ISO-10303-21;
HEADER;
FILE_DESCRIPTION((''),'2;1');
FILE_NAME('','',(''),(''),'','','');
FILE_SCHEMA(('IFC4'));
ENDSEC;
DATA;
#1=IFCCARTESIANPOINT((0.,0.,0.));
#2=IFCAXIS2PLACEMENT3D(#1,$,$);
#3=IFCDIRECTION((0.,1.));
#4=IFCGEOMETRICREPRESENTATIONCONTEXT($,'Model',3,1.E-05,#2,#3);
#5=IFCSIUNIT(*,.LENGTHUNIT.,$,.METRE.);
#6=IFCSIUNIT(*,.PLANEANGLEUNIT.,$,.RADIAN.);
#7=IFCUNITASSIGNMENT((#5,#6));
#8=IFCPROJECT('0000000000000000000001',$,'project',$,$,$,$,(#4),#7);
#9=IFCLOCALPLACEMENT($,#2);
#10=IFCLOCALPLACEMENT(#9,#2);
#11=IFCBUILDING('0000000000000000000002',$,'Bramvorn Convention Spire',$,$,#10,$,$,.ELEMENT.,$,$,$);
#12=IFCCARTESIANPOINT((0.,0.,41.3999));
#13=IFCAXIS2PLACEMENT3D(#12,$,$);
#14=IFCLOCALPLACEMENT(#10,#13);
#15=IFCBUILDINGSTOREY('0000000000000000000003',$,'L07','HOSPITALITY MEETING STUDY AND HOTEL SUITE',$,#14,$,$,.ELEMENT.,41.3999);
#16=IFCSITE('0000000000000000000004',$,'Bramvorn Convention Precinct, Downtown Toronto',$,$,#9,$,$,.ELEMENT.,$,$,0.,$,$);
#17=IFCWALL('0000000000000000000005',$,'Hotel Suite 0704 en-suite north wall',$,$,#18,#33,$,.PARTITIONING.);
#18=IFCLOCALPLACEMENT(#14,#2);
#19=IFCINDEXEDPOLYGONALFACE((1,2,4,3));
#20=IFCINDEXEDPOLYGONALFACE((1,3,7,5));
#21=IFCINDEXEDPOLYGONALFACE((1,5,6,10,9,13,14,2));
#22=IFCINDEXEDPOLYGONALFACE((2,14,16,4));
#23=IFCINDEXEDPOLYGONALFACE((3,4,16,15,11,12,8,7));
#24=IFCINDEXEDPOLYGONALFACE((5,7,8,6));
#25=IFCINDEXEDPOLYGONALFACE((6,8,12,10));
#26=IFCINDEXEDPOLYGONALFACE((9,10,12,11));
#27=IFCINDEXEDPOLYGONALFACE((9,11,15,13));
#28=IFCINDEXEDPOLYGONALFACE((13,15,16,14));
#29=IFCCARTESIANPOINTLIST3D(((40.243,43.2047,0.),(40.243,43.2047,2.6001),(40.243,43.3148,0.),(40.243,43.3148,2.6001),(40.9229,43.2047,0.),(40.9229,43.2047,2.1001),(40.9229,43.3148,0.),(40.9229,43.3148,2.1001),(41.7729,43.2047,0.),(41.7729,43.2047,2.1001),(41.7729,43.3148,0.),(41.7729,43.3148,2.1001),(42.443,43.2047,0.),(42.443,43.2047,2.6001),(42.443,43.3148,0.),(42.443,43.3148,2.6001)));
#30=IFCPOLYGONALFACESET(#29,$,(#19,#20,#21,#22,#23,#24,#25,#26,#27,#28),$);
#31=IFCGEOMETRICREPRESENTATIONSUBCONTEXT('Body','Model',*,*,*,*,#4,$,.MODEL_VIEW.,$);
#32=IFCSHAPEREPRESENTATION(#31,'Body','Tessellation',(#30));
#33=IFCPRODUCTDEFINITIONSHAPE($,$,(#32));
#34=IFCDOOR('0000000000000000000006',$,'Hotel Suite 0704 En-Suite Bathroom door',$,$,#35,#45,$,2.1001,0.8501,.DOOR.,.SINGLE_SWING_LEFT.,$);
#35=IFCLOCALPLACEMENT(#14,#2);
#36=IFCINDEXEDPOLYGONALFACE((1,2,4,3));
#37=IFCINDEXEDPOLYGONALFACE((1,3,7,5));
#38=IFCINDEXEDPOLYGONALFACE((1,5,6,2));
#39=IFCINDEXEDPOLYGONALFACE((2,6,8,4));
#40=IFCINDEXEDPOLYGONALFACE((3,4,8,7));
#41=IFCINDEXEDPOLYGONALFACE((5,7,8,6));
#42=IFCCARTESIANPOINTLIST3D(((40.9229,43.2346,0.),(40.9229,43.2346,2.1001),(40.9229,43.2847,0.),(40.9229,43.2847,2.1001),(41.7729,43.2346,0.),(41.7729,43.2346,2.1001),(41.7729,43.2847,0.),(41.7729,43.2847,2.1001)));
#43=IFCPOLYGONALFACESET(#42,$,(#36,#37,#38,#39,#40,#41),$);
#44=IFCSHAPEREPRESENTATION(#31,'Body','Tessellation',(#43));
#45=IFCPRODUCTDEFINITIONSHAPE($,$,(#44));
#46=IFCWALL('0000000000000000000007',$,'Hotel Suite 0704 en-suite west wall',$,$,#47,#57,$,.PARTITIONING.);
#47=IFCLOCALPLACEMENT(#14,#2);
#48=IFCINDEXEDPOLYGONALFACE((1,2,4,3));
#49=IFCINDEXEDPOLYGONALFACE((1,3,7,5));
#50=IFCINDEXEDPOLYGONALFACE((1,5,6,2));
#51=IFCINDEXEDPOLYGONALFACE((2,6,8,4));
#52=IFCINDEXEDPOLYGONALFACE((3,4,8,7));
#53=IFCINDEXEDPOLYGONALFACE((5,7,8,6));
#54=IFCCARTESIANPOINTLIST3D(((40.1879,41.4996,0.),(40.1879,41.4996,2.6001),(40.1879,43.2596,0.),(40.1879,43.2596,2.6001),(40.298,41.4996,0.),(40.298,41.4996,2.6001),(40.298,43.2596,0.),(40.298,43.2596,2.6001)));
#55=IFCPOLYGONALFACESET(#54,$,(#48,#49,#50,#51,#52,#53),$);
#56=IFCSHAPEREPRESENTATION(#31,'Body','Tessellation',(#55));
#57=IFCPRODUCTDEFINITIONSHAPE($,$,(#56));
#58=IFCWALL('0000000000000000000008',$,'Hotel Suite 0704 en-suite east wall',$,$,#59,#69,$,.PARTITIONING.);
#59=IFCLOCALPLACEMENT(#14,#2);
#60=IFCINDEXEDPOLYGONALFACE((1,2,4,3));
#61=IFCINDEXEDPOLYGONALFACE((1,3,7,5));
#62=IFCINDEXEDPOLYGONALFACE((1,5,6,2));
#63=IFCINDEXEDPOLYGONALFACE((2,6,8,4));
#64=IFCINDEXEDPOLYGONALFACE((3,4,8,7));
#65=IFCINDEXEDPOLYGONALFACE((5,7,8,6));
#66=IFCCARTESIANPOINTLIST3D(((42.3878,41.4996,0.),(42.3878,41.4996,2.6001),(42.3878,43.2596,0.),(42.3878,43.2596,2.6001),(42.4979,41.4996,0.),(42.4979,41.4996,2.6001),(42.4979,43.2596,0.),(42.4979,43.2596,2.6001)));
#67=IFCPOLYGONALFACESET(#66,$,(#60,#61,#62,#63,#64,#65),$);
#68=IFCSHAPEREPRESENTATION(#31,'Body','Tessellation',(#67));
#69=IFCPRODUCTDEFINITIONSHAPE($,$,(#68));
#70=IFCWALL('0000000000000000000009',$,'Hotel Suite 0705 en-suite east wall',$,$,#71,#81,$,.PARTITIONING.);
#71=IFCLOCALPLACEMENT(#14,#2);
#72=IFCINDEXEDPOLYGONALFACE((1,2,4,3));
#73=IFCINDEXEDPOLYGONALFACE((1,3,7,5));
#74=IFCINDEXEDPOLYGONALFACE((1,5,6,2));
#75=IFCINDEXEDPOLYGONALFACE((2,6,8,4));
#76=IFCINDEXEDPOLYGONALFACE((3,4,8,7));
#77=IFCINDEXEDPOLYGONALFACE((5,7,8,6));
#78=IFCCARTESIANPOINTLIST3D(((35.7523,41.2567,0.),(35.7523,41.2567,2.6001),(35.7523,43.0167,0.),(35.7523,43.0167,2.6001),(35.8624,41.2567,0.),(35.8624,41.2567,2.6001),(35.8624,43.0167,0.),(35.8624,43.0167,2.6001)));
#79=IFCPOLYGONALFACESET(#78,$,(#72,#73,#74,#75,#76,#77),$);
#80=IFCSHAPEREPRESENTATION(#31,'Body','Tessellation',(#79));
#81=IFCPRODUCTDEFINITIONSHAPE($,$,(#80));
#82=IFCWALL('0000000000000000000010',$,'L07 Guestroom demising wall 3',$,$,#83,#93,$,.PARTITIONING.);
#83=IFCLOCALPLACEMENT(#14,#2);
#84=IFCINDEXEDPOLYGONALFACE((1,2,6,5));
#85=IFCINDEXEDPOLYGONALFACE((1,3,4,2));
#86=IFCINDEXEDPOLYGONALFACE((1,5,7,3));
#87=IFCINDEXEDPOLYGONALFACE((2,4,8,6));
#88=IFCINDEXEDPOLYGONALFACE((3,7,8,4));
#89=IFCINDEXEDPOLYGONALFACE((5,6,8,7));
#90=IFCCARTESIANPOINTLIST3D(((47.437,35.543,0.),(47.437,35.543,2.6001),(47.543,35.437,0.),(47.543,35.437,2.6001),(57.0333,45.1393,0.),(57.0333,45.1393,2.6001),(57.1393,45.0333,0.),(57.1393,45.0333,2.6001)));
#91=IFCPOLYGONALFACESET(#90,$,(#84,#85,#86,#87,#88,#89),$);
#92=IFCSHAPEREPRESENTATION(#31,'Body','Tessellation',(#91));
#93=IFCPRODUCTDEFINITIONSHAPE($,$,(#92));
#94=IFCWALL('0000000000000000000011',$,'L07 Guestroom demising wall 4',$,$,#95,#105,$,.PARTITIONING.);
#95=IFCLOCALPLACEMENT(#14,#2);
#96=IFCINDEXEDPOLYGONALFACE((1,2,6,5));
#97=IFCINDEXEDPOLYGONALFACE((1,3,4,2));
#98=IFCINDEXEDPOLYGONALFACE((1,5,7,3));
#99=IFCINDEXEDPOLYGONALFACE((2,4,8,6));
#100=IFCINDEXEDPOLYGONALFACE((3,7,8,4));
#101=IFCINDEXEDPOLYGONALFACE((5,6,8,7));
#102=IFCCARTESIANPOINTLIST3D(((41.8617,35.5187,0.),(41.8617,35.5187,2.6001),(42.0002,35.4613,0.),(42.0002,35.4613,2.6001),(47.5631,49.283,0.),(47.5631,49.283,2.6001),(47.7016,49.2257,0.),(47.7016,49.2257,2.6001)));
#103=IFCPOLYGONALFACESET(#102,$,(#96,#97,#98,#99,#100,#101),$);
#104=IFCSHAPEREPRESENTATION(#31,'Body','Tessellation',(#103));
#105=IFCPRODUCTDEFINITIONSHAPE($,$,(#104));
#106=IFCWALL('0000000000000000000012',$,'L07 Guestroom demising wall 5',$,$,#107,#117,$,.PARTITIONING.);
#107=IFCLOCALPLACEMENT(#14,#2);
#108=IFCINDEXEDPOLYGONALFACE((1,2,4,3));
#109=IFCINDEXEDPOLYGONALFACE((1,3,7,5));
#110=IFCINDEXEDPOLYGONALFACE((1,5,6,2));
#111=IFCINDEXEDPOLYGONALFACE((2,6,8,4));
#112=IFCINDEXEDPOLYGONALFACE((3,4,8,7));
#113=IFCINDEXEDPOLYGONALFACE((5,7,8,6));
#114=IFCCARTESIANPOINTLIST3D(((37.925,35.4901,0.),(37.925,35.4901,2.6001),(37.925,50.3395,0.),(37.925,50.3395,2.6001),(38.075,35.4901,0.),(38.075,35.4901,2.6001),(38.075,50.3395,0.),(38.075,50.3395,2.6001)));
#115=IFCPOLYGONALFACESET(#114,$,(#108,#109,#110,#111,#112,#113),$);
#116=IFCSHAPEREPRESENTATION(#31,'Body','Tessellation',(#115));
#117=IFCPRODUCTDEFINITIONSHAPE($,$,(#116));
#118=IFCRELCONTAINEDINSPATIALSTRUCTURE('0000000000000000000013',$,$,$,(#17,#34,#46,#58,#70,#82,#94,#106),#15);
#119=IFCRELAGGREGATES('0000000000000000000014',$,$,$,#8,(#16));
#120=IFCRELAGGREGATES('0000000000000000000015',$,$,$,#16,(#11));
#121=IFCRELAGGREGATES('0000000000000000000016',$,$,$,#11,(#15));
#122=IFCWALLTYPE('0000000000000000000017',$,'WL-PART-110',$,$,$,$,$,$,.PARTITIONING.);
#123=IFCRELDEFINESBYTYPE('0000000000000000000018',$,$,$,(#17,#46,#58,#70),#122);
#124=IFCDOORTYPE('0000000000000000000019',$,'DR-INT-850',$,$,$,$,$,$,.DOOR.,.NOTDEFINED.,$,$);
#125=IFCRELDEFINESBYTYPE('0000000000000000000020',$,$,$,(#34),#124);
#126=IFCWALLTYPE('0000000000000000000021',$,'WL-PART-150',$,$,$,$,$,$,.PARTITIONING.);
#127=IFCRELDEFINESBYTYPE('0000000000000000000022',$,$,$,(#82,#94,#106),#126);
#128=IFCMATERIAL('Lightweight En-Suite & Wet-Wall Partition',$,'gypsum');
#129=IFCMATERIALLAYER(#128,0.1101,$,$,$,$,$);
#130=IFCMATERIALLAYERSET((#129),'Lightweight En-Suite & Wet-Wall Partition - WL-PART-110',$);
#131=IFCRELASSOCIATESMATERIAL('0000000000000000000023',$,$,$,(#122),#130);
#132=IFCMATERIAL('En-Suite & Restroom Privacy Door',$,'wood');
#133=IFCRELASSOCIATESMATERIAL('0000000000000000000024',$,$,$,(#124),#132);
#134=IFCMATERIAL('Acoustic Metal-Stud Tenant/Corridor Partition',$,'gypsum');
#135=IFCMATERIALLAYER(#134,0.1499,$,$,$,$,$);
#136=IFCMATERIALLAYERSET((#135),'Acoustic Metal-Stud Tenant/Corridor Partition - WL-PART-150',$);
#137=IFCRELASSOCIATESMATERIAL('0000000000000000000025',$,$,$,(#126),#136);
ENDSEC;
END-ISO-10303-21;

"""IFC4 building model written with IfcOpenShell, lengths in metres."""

from ifc_helpers import new_model, si_unit, direction, frame, frame_2d, origin, place, context, subcontext, project, spatial, rectangle, extrude, material, layer, layer_set, type_object, element, fill, save


model = new_model("IFC4")

# Units and contexts
model_context = context("Model", 3, precision=1e-05, world=origin(), true_north=direction((0.0, 1.0)))
body_context = subcontext(model_context, "Body", "Model", "MODEL_VIEW")
ifc_project = project(units=[si_unit("LENGTHUNIT", "METRE"), si_unit("PLANEANGLEUNIT", "RADIAN")], contexts=[model_context])

# Site, building, storey
site_placement = place(None, origin())
site = spatial("IfcSite", under=ifc_project, at=site_placement, Name="Bramvorn Convention Precinct, Downtown Toronto", CompositionType="ELEMENT", RefElevation=0.0)
building_placement = place(site_placement, origin())
building = spatial("IfcBuilding", under=site, at=building_placement, Name="Bramvorn Convention Spire", CompositionType="ELEMENT")
storey_placement = place(building_placement, frame((0.0, 0.0, 41.3999)))
storey = spatial("IfcBuildingStorey", under=building, at=storey_placement, Name="L07", Description="HOSPITALITY MEETING STUDY AND HOTEL SUITE", CompositionType="ELEMENT", Elevation=41.3999)

# Shared definitions
ifc_material_1 = material(Name="Lightweight En-Suite & Wet-Wall Partition", Category="gypsum")
ifc_layer_1 = layer(ifc_material_1, 0.1101)
ifc_layer_set_1 = layer_set([ifc_layer_1], Name="Lightweight En-Suite & Wet-Wall Partition - WL-PART-110")
wall_type_1 = type_object("IfcWallType", Name="WL-PART-110", PredefinedType="PARTITIONING", material=ifc_layer_set_1)

# Shared definitions
ifc_material_2 = material(Name="En-Suite & Restroom Privacy Door", Category="wood")
door_type_1 = type_object("IfcDoorType", Name="DR-INT-850", OperationType="NOTDEFINED", PredefinedType="DOOR", material=ifc_material_2)

# Wall, opening, door
wall_1_placement = place(storey_placement, frame((40.2429, 43.2598, 0.0), z_axis=(0.0, 0.0, 1.0), x_axis=(1.0, 0.0, 0.0)))
wall_1 = element("IfcWall", 1, at=wall_1_placement, inside=storey, type_object=wall_type_1, Name="Hotel Suite 0704 en-suite north wall", PredefinedType="PARTITIONING", context=body_context, shape_type="SweptSolid", body=[
    extrude(rectangle(XDim=2.2, YDim=0.1101, at=frame_2d((1.1001, 0.0))), origin(), (0.0, 0.0, 1.0), 2.6001),
])
opening_1_placement = place(wall_1_placement, frame((0.6799, 0.0, 0.0)))
opening_1 = element("IfcOpeningElement", 2, at=opening_1_placement, cuts=wall_1, PredefinedType="OPENING", context=body_context, shape_type="SweptSolid", body=[
    extrude(rectangle(XDim=0.8501, YDim=2.1001, at=frame_2d((0.425, 1.05))), frame((0.0, 0.0649, 0.0), z_axis=(0.0, -1.0, 0.0), x_axis=(1.0, 0.0, 0.0)), (0.0, 0.0, 1.0), 0.1301),
])
door_1_placement = place(opening_1_placement, origin())
door_1 = element("IfcDoor", 3, at=door_1_placement, inside=storey, type_object=door_type_1, Name="Hotel Suite 0704 En-Suite Bathroom door", OperationType="SINGLE_SWING_LEFT", OverallHeight=2.1001, OverallWidth=0.8501, PredefinedType="DOOR", context=body_context, shape_type="SweptSolid", body=[
    extrude(rectangle(XDim=0.8501, YDim=2.1001, at=frame_2d((0.425, 1.05))), frame((0.0, 0.0249, 0.0), z_axis=(0.0, -1.0, 0.0), x_axis=(1.0, 0.0, 0.0)), (0.0, 0.0, 1.0), 0.05),
])
fill(opening_1, door_1)

# Walls
for number, where, z_axis, x_axis, name in (
    (4, (40.2429, 41.4998, 0.0), (0.0, 0.0, 1.0), (0.0, 1.0, 0.0), "Hotel Suite 0704 en-suite west wall"),
    (5, (42.4429, 41.4998, 0.0), (0.0, 0.0, 1.0), (0.0, 1.0, 0.0), "Hotel Suite 0704 en-suite east wall"),
    (6, (35.8074, 41.2568, 0.0), (0.0, 0.0, 1.0), (0.0, 1.0, 0.0), "Hotel Suite 0705 en-suite east wall"),
):
    element("IfcWall", number, at=place(storey_placement, frame(where, z_axis=z_axis, x_axis=x_axis)), inside=storey, type_object=wall_type_1, Name=name, PredefinedType="PARTITIONING", context=body_context, shape_type="SweptSolid", body=[
        extrude(rectangle(XDim=1.76, YDim=0.1101, at=frame_2d((0.8799, 0.0))), origin(), (0.0, 0.0, 1.0), 2.6001),
    ])
ifc_material_3 = material(Name="Acoustic Metal-Stud Tenant/Corridor Partition", Category="gypsum")
ifc_layer_2 = layer(ifc_material_3, 0.1499)
ifc_layer_set_2 = layer_set([ifc_layer_2], Name="Acoustic Metal-Stud Tenant/Corridor Partition - WL-PART-150")
wall_type_2 = type_object("IfcWallType", Name="WL-PART-150", PredefinedType="PARTITIONING", material=ifc_layer_set_2)
wall_2_placement = place(storey_placement, frame((47.49, 35.49, 0.0), z_axis=(0.0, 0.0, 1.0), x_axis=(0.707107, 0.707107, 0.0)))
element("IfcWall", 7, at=wall_2_placement, inside=storey, type_object=wall_type_2, Name="L07 Guestroom demising wall 3", PredefinedType="PARTITIONING", context=body_context, shape_type="SweptSolid", body=[
    extrude(rectangle(XDim=13.5713, YDim=0.1499, at=frame_2d((6.7856, 0.0))), origin(), (0.0, 0.0, 1.0), 2.6001),
])
wall_3_placement = place(storey_placement, frame((41.9309, 35.49, 0.0), z_axis=(0.0, 0.0, 1.0), x_axis=(0.382684, 0.923879, 0.0)))
element("IfcWall", 8, at=wall_3_placement, inside=storey, type_object=wall_type_2, Name="L07 Guestroom demising wall 4", PredefinedType="PARTITIONING", context=body_context, shape_type="SweptSolid", body=[
    extrude(rectangle(XDim=14.8984, YDim=0.1499, at=frame_2d((7.4492, 0.0))), origin(), (0.0, 0.0, 1.0), 2.6001),
])
wall_4_placement = place(storey_placement, frame((38.0, 35.49, 0.0), z_axis=(0.0, 0.0, 1.0), x_axis=(0.0, 1.0, 0.0)))
element("IfcWall", 9, at=wall_4_placement, inside=storey, type_object=wall_type_2, Name="L07 Guestroom demising wall 5", PredefinedType="PARTITIONING", context=body_context, shape_type="SweptSolid", body=[
    extrude(rectangle(XDim=14.8494, YDim=0.1499, at=frame_2d((7.4248, 0.0))), origin(), (0.0, 0.0, 1.0), 2.6001),
])

save(model, "model.ifc")
